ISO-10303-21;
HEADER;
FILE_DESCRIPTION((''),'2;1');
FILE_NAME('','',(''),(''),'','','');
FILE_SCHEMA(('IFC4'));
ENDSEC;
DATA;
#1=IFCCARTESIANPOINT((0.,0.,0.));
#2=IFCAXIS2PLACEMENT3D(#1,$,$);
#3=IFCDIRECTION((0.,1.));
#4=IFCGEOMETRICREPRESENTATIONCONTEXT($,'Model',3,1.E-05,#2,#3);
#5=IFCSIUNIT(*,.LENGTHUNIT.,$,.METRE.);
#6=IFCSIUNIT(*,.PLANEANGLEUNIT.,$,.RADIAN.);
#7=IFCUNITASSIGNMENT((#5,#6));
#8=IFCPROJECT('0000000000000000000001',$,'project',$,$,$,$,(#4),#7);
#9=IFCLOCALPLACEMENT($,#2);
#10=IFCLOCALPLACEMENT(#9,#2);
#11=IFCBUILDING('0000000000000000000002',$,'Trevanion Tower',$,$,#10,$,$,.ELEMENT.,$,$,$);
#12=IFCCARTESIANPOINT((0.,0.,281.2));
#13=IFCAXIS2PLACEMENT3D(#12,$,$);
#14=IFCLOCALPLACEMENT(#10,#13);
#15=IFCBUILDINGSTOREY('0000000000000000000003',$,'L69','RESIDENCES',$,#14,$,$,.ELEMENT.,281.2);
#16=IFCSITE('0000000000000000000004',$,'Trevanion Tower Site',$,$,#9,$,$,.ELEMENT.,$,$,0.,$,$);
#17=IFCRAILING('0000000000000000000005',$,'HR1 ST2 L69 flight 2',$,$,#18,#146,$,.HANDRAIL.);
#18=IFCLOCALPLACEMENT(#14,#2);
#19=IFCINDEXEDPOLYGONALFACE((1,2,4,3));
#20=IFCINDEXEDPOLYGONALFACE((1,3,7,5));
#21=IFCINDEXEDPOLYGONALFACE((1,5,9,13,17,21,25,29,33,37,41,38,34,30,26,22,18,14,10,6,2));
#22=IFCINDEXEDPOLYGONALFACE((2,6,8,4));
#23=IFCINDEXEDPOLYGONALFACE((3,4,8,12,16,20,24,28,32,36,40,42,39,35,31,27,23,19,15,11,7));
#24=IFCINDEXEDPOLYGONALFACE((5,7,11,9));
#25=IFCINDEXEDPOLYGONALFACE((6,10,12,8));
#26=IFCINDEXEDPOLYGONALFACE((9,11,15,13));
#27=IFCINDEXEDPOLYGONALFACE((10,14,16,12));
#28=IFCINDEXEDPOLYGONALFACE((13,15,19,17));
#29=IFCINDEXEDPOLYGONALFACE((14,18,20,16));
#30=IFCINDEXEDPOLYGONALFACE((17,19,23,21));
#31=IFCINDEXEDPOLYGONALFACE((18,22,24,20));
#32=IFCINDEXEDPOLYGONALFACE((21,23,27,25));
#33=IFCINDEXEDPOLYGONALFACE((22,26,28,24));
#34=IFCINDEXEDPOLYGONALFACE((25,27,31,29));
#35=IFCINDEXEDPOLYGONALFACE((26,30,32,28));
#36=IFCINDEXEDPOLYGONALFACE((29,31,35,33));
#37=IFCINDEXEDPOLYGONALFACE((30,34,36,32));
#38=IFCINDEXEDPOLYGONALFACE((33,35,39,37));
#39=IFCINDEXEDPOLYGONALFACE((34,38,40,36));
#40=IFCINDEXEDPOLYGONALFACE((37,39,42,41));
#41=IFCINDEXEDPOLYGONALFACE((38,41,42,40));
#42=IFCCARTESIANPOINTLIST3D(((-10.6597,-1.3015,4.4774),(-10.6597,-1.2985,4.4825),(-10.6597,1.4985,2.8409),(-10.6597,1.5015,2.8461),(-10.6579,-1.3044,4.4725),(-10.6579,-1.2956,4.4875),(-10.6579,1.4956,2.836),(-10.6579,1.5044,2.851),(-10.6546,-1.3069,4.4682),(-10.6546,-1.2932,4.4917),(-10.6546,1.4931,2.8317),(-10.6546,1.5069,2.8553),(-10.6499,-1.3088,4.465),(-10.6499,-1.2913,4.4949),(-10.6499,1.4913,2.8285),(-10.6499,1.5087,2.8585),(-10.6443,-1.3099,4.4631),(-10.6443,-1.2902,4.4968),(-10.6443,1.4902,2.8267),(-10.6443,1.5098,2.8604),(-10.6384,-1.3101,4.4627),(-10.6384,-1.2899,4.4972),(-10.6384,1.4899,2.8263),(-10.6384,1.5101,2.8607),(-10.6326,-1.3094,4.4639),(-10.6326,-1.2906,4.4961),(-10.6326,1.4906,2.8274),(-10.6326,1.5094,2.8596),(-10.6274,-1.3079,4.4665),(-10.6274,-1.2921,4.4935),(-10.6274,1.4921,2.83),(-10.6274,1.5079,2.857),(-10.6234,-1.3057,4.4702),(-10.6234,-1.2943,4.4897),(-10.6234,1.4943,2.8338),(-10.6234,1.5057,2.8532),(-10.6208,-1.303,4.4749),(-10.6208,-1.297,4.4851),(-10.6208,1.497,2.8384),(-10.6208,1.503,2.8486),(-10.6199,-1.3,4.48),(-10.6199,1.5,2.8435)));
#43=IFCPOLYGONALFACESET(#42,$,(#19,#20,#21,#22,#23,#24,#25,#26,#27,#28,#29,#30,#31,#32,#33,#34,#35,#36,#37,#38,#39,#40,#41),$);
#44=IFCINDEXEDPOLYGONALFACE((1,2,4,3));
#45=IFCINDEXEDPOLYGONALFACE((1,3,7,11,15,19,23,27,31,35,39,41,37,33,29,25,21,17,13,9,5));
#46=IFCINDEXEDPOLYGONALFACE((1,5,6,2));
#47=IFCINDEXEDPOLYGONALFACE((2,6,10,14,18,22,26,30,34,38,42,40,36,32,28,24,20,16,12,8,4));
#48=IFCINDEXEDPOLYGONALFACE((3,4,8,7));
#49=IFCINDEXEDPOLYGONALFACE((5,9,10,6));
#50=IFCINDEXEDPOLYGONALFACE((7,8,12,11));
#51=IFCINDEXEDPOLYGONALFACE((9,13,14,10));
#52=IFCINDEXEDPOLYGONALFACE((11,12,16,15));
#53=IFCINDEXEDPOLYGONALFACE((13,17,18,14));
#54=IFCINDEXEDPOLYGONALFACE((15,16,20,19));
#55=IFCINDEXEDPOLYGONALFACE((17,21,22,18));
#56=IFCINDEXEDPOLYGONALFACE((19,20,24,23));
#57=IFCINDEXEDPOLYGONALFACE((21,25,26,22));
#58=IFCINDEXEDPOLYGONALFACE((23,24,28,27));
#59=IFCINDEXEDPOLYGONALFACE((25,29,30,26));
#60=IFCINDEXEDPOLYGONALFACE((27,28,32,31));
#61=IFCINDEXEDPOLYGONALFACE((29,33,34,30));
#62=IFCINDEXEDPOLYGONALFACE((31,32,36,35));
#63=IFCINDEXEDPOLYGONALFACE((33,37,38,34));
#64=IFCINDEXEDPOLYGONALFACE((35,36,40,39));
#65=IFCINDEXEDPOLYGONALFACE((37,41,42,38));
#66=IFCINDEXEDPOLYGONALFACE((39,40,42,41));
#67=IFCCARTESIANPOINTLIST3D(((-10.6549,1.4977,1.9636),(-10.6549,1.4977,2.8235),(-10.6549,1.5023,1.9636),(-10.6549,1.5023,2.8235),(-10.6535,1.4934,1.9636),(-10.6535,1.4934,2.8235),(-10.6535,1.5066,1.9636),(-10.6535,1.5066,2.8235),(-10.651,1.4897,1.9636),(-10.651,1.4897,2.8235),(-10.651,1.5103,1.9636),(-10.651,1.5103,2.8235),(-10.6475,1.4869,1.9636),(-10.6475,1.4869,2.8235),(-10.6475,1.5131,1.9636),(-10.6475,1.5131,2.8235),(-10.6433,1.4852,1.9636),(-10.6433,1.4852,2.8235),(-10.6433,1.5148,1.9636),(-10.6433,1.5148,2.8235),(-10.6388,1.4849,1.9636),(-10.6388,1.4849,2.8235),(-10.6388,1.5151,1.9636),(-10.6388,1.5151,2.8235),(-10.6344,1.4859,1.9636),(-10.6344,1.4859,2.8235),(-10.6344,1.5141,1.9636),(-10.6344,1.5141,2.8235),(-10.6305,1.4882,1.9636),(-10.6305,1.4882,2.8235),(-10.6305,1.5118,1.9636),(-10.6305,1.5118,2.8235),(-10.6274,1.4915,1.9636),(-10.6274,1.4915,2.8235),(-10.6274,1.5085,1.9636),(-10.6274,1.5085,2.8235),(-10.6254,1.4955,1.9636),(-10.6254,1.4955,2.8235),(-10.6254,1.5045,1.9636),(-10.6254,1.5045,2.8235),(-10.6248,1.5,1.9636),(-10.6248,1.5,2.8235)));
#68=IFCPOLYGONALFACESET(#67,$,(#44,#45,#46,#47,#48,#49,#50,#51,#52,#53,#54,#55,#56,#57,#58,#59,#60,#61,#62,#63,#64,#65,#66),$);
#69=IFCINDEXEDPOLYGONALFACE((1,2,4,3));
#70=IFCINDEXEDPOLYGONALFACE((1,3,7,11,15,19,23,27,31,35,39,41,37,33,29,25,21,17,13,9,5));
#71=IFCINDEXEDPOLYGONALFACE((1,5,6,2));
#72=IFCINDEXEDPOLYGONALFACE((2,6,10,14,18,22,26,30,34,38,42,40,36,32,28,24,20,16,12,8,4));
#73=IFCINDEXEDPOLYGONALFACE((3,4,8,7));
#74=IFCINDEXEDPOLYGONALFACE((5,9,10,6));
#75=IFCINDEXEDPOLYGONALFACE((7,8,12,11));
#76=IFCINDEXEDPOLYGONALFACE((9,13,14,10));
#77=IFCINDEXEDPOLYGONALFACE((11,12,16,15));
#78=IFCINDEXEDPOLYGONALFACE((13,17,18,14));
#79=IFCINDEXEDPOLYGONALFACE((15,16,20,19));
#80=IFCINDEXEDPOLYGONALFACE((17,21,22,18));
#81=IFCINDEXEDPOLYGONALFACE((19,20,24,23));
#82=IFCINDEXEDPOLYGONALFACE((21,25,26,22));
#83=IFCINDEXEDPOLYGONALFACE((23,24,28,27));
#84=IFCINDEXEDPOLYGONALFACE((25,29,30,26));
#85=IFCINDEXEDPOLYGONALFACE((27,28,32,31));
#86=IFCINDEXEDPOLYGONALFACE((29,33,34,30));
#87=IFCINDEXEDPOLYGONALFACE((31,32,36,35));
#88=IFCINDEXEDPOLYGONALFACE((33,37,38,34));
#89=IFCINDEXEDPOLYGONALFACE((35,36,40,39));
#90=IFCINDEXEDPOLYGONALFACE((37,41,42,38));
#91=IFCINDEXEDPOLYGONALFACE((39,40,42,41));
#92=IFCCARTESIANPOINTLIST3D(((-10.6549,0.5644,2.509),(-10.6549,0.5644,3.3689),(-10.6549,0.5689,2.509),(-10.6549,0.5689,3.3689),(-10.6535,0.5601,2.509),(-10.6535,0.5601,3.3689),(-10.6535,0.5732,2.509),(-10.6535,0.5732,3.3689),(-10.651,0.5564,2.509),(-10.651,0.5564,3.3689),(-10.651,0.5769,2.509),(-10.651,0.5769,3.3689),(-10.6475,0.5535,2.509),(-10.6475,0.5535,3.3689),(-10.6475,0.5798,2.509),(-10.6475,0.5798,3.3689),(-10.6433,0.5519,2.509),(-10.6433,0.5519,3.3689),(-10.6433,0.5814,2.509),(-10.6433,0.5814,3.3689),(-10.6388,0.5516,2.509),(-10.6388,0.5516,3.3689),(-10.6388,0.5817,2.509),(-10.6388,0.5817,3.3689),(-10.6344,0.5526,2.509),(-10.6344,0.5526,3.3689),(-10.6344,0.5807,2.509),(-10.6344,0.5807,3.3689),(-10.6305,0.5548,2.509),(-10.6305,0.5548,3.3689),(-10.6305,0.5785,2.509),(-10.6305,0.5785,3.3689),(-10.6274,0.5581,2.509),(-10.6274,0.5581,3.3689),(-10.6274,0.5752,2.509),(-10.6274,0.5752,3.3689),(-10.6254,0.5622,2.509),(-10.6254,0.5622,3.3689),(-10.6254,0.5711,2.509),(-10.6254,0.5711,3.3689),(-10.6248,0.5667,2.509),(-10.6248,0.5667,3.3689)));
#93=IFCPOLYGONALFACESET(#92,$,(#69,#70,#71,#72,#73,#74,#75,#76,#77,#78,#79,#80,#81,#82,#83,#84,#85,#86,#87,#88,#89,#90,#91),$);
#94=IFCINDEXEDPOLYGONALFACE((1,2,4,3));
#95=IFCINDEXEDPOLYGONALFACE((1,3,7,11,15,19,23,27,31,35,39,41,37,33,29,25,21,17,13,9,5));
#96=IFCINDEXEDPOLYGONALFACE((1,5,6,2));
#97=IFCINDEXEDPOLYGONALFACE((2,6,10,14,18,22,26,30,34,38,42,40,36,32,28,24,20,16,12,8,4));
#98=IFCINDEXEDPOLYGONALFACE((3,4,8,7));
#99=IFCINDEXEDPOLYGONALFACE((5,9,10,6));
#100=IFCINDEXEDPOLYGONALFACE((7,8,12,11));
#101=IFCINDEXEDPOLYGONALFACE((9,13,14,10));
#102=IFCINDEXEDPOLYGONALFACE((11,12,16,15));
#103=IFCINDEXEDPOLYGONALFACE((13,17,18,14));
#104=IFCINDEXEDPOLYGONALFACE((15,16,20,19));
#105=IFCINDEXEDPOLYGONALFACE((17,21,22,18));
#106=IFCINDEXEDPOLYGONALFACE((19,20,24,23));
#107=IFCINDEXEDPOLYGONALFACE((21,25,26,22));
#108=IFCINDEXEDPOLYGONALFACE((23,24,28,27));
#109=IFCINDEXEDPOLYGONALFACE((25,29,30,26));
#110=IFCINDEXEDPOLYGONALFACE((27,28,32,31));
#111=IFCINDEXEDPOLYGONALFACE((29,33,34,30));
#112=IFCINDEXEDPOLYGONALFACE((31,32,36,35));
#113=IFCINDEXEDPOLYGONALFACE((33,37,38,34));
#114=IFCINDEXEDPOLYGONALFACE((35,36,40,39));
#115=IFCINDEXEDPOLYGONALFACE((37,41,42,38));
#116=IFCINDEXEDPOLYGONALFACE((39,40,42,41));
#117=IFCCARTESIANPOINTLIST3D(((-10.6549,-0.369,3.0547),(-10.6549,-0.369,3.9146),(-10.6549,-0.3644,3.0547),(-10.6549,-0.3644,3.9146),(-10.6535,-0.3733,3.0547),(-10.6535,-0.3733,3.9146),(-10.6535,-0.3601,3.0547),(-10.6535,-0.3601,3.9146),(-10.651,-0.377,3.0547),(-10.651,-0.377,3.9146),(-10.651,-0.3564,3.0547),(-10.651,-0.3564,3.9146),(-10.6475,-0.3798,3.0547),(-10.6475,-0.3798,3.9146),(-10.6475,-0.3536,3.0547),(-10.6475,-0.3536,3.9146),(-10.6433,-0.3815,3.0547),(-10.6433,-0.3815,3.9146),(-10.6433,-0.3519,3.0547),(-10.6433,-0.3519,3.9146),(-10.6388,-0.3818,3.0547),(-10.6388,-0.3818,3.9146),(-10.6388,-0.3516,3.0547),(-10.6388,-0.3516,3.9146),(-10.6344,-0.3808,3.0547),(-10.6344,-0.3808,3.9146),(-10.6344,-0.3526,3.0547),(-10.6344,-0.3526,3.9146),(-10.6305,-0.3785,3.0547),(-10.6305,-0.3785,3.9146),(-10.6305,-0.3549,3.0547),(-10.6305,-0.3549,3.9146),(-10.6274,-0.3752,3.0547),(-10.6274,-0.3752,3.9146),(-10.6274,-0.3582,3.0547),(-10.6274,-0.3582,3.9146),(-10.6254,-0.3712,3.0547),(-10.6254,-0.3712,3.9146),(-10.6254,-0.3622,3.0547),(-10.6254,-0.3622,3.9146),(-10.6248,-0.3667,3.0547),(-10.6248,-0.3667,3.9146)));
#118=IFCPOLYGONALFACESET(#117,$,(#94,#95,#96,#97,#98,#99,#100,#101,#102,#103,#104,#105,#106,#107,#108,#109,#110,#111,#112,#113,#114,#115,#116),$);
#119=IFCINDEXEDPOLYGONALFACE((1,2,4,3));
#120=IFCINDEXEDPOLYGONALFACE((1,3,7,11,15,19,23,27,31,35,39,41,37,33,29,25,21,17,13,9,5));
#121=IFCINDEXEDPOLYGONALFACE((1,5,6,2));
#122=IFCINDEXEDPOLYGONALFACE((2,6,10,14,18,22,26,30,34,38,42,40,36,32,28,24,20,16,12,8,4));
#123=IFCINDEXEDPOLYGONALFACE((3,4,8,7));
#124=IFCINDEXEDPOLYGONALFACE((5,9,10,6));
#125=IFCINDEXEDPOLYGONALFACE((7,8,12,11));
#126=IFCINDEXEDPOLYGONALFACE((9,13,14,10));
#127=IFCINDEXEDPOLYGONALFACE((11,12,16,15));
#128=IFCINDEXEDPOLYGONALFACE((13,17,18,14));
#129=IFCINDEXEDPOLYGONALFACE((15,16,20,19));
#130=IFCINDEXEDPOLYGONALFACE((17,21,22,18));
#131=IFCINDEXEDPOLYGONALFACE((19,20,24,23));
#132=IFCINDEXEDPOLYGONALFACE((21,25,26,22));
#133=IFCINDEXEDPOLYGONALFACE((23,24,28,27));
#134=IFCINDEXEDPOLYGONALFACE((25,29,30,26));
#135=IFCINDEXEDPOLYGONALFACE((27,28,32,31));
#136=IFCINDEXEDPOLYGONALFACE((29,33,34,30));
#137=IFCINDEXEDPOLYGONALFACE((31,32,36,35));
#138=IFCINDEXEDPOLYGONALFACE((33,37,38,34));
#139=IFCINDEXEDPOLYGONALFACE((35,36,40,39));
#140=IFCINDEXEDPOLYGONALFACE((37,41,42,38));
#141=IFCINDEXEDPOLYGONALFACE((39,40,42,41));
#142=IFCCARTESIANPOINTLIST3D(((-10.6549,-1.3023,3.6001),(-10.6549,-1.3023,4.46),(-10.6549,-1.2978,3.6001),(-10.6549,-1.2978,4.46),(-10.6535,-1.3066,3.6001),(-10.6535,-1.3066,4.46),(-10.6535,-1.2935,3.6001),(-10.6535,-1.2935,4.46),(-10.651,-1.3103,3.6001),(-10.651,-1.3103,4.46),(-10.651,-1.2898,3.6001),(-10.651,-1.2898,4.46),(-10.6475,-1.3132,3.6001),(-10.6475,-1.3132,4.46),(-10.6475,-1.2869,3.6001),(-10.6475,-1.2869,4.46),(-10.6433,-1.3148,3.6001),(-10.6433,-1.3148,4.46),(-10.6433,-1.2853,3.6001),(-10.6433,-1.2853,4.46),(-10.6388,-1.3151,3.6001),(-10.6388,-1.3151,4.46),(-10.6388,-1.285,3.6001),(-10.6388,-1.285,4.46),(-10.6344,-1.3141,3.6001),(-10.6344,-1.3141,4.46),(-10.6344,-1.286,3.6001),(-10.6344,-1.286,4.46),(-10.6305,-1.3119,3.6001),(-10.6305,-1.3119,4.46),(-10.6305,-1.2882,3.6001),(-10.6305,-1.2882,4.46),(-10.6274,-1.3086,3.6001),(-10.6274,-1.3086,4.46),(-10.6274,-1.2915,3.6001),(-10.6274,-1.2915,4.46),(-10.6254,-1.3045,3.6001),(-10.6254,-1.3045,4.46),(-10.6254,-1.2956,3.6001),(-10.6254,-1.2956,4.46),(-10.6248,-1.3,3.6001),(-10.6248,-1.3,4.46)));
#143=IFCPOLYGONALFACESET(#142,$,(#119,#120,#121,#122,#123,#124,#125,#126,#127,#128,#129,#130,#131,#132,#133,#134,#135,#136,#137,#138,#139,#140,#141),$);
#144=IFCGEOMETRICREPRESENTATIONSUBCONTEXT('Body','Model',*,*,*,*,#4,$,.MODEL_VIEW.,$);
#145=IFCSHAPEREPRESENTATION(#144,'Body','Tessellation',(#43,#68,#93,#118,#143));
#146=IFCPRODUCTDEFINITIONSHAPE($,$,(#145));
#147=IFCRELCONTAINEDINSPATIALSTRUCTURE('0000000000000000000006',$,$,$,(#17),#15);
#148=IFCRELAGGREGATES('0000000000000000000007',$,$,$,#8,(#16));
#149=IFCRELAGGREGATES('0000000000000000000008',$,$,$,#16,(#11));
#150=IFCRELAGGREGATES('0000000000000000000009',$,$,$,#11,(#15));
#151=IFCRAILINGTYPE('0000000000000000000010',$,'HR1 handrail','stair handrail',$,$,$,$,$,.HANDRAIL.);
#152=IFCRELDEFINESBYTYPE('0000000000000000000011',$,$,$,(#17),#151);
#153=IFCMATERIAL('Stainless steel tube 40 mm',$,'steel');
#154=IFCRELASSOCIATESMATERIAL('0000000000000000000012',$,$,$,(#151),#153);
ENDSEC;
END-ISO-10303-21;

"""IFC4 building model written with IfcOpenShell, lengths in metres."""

from ifc_helpers import new_model, si_unit, direction, frame, origin, origin_2d, place, context, subcontext, project, spatial, circle, extrude, material, type_object, element, save


model = new_model("IFC4")

# Units and contexts
model_context = context("Model", 3, precision=1e-05, world=origin(), true_north=direction((0.0, 1.0)))
body_context = subcontext(model_context, "Body", "Model", "MODEL_VIEW")
ifc_project = project(units=[si_unit("LENGTHUNIT", "METRE"), si_unit("PLANEANGLEUNIT", "RADIAN")], contexts=[model_context])

# Site, building, storey
site_placement = place(None, origin())
site = spatial("IfcSite", under=ifc_project, at=site_placement, Name="Trevanion Tower Site", CompositionType="ELEMENT", RefElevation=0.0)
building_placement = place(site_placement, origin())
building = spatial("IfcBuilding", under=site, at=building_placement, Name="Trevanion Tower", CompositionType="ELEMENT")
storey_placement = place(building_placement, frame((0.0, 0.0, 281.2)))
storey = spatial("IfcBuildingStorey", under=building, at=storey_placement, Name="L69", Description="RESIDENCES", CompositionType="ELEMENT", Elevation=281.2)

# Railing
ifc_material_1 = material(Name="Stainless steel tube 40 mm", Category="steel")
railing_type = type_object("IfcRailingType", Name="HR1 handrail", Description="stair handrail", PredefinedType="HANDRAIL", material=ifc_material_1)
for number, where, name in (
    (1, (-10.6399, 1.5, 1.9636), "HR1 ST2 L69 flight 2"),
):
    element("IfcRailing", number, at=place(storey_placement, frame(where)), inside=storey, type_object=railing_type, Name=name, PredefinedType="HANDRAIL", context=body_context, shape_type="SweptSolid", body=[
        extrude(circle(Radius=0.02, at=origin_2d()), frame((0.0, 0.0, 0.8799), z_axis=(0.0, -0.863361, 0.504587), x_axis=(1.0, 0.0, 0.0)), (0.0, 0.0, 1.0), 3.2432),
        extrude(circle(Radius=0.0151, at=origin_2d()), origin(), (0.0, 0.0, 1.0), 0.8599),
        extrude(circle(Radius=0.0151, at=origin_2d()), frame((0.0, -0.9333, 0.5454)), (0.0, 0.0, 1.0), 0.8599),
        extrude(circle(Radius=0.0151, at=origin_2d()), frame((0.0, -1.8667, 1.0911)), (0.0, 0.0, 1.0), 0.8599),
        extrude(circle(Radius=0.0151, at=origin_2d()), frame((0.0, -2.8, 1.6365)), (0.0, 0.0, 1.0), 0.8599),
    ])

save(model, "model.ifc")
